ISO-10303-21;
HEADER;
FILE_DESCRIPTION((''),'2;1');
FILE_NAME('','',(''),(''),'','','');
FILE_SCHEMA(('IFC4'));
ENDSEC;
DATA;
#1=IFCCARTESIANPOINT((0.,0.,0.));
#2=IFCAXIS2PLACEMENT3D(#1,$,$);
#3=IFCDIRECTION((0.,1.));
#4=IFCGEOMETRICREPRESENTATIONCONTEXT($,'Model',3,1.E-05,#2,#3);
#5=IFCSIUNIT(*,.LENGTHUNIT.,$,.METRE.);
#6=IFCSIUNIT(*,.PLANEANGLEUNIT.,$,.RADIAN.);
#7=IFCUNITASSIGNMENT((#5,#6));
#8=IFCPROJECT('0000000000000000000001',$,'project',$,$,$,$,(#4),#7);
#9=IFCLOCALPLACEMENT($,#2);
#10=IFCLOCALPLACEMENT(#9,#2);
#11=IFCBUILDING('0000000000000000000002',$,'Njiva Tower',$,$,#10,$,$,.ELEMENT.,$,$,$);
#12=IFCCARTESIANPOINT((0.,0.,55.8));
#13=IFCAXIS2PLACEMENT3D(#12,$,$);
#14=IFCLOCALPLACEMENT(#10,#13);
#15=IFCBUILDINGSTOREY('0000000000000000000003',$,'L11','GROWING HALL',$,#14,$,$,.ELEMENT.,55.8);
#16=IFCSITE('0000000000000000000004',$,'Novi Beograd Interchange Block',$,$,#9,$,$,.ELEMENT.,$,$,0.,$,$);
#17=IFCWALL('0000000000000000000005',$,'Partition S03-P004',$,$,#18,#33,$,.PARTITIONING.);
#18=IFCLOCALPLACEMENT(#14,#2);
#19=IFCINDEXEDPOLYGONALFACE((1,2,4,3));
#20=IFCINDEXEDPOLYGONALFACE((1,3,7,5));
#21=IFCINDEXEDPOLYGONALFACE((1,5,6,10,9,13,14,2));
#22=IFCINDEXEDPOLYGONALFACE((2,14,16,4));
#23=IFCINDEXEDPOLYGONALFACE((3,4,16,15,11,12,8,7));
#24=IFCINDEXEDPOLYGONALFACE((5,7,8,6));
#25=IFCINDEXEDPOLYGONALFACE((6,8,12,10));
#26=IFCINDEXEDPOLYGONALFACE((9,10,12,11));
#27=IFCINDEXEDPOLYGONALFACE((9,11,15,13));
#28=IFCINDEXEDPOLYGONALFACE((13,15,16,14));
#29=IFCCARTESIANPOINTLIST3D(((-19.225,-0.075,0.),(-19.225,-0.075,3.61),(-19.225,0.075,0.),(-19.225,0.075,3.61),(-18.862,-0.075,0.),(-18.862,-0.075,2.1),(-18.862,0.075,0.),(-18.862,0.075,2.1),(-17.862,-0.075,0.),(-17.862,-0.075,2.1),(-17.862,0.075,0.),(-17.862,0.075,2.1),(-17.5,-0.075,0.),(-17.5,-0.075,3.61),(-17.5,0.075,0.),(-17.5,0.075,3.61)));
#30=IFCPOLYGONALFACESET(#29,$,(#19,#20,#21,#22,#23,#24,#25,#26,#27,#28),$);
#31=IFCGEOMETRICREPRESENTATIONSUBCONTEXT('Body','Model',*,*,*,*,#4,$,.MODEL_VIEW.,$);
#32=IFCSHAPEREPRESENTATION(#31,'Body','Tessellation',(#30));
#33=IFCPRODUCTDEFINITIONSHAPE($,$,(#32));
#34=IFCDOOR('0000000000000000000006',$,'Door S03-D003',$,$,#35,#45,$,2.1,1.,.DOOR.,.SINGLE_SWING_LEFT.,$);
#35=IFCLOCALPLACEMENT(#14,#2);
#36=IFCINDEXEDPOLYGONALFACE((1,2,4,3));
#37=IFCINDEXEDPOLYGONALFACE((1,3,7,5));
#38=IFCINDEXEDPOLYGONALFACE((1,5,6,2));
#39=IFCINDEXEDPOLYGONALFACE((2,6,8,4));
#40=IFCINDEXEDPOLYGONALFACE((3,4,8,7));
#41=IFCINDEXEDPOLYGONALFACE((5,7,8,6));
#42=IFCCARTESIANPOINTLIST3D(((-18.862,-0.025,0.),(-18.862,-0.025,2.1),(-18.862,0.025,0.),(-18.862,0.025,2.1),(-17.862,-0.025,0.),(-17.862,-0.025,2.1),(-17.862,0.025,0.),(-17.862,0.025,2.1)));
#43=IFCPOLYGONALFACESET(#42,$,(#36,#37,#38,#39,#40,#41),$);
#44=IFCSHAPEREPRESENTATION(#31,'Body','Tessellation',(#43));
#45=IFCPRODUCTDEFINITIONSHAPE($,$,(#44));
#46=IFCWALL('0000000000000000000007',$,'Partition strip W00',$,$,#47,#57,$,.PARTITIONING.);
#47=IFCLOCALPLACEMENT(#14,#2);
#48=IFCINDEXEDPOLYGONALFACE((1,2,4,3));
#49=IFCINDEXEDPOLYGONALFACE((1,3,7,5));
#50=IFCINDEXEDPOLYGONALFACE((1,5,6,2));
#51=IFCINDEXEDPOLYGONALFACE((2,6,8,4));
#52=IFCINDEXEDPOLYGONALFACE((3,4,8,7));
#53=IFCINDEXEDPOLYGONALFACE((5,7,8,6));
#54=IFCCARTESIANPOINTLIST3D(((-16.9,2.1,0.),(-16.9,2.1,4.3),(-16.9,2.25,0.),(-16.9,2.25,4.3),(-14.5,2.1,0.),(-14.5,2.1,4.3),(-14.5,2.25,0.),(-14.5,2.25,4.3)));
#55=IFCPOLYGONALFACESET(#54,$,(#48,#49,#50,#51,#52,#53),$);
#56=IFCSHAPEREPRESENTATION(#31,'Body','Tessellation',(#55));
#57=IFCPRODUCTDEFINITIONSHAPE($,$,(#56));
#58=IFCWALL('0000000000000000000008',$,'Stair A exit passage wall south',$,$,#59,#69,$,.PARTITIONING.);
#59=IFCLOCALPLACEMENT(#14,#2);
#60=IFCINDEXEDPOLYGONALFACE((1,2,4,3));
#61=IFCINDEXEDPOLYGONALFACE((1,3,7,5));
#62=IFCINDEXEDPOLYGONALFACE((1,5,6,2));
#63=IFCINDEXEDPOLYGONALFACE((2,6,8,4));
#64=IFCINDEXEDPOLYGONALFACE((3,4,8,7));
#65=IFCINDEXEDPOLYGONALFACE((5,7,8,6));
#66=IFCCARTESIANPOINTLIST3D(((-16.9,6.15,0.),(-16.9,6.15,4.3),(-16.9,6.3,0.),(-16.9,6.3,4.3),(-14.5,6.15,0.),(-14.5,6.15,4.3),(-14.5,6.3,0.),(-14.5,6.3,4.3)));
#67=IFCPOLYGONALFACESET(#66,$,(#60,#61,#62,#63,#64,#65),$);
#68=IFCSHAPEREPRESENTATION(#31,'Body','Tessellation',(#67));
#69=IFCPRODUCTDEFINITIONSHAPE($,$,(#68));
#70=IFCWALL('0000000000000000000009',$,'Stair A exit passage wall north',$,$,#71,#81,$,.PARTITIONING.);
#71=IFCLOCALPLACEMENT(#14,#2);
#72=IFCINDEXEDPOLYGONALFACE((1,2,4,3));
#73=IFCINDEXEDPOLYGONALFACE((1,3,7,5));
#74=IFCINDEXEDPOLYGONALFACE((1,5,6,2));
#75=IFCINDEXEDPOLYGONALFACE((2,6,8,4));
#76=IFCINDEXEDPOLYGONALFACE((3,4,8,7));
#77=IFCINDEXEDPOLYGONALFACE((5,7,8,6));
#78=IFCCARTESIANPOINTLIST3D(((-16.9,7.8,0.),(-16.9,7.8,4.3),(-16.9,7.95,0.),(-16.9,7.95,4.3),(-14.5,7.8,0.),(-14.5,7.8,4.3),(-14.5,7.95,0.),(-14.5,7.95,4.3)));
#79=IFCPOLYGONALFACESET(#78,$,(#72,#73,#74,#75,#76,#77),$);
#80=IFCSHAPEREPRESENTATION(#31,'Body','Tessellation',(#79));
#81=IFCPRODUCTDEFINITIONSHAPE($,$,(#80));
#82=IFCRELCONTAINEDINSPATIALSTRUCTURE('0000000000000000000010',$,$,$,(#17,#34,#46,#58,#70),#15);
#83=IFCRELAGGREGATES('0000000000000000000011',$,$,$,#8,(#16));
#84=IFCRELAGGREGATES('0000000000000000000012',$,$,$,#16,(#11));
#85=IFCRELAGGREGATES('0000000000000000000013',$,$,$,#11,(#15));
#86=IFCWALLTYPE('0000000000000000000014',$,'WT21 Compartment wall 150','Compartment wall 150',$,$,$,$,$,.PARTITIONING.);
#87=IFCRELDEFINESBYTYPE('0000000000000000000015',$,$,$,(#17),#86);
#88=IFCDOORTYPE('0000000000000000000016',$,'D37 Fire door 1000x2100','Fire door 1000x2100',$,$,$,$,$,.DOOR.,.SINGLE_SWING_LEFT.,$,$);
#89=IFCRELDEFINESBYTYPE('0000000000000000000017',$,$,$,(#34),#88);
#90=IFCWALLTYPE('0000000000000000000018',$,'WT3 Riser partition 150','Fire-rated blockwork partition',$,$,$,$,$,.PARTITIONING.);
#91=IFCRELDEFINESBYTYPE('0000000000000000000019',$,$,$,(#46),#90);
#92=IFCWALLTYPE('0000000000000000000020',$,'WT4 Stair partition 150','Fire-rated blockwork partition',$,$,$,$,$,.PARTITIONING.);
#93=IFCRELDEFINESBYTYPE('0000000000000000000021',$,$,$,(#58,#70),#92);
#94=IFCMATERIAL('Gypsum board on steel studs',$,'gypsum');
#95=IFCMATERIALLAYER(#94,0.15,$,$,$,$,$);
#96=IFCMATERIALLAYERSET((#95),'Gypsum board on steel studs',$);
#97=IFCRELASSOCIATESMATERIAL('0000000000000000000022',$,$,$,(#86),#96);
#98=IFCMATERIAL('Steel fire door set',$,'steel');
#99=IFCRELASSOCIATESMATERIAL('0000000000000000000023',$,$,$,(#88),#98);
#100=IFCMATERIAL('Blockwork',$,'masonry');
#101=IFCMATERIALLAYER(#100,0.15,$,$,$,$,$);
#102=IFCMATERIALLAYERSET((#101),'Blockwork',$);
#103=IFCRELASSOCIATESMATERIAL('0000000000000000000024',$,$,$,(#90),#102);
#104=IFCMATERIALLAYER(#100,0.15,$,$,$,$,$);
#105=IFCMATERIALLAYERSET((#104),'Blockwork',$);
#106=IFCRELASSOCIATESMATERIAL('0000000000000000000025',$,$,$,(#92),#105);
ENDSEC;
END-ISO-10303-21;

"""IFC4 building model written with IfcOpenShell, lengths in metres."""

from ifc_helpers import new_model, si_unit, direction, frame, frame_2d, origin, place, context, subcontext, project, spatial, rectangle, extrude, material, layer, layer_set, type_object, element, fill, save


model = new_model("IFC4")

# Units and contexts
model_context = context("Model", 3, precision=1e-05, world=origin(), true_north=direction((0.0, 1.0)))
body_context = subcontext(model_context, "Body", "Model", "MODEL_VIEW")
ifc_project = project(units=[si_unit("LENGTHUNIT", "METRE"), si_unit("PLANEANGLEUNIT", "RADIAN")], contexts=[model_context])

# Site, building, storey
site_placement = place(None, origin())
site = spatial("IfcSite", under=ifc_project, at=site_placement, Name="Novi Beograd Interchange Block", CompositionType="ELEMENT", RefElevation=0.0)
building_placement = place(site_placement, origin())
building = spatial("IfcBuilding", under=site, at=building_placement, Name="Njiva Tower", CompositionType="ELEMENT")
storey_placement = place(building_placement, frame((0.0, 0.0, 55.8)))
storey = spatial("IfcBuildingStorey", under=building, at=storey_placement, Name="L11", Description="GROWING HALL", CompositionType="ELEMENT", Elevation=55.8)

# Shared definitions
ifc_material_1 = material(Name="Blockwork", Category="masonry")

# Wall, opening, door
ifc_material_2 = material(Name="Gypsum board on steel studs", Category="gypsum")
ifc_layer_1 = layer(ifc_material_2, 0.15)
ifc_layer_set_1 = layer_set([ifc_layer_1], Name="Gypsum board on steel studs")
wall_type_1 = type_object("IfcWallType", Name="WT21 Compartment wall 150", Description="Compartment wall 150", PredefinedType="PARTITIONING", material=ifc_layer_set_1)
wall_1_placement = place(storey_placement, frame((-19.225, 0.0, 0.0), z_axis=(0.0, 0.0, 1.0), x_axis=(1.0, 0.0, 0.0)))
wall_1 = element("IfcWall", 1, at=wall_1_placement, inside=storey, type_object=wall_type_1, Name="Partition S03-P004", PredefinedType="PARTITIONING", context=body_context, shape_type="SweptSolid", body=[
    extrude(rectangle(XDim=1.725, YDim=0.15, at=frame_2d((0.8625, 0.0))), origin(), (0.0, 0.0, 1.0), 3.61),
])
opening_1_placement = place(wall_1_placement, frame((0.363, 0.0, 0.0)))
opening_1 = element("IfcOpeningElement", 2, at=opening_1_placement, cuts=wall_1, PredefinedType="OPENING", context=body_context, shape_type="SweptSolid", body=[
    extrude(rectangle(XDim=1.0, YDim=2.1, at=frame_2d((0.5, 1.05))), frame((0.0, 0.085, 0.0), z_axis=(0.0, -1.0, 0.0), x_axis=(1.0, 0.0, 0.0)), (0.0, 0.0, 1.0), 0.17),
])
ifc_material_3 = material(Name="Steel fire door set", Category="steel")
door_type_1 = type_object("IfcDoorType", Name="D37 Fire door 1000x2100", Description="Fire door 1000x2100", OperationType="SINGLE_SWING_LEFT", PredefinedType="DOOR", material=ifc_material_3)
door_1_placement = place(opening_1_placement, origin())
door_1 = element("IfcDoor", 3, at=door_1_placement, inside=storey, type_object=door_type_1, Name="Door S03-D003", OperationType="SINGLE_SWING_LEFT", OverallHeight=2.1, OverallWidth=1.0, PredefinedType="DOOR", context=body_context, shape_type="SweptSolid", body=[
    extrude(rectangle(XDim=1.0, YDim=2.1, at=frame_2d((0.5, 1.05))), frame((0.0, 0.025, 0.0), z_axis=(0.0, -1.0, 0.0), x_axis=(1.0, 0.0, 0.0)), (0.0, 0.0, 1.0), 0.05),
])
fill(opening_1, door_1)

# Walls
ifc_layer_2 = layer(ifc_material_1, 0.15)
ifc_layer_set_2 = layer_set([ifc_layer_2], Name="Blockwork")
wall_type_2 = type_object("IfcWallType", Name="WT3 Riser partition 150", Description="Fire-rated blockwork partition", PredefinedType="PARTITIONING", material=ifc_layer_set_2)
wall_2_placement = place(storey_placement, frame((-16.9, 2.175, 0.0), z_axis=(0.0, 0.0, 1.0), x_axis=(1.0, 0.0, 0.0)))
element("IfcWall", 4, at=wall_2_placement, inside=storey, type_object=wall_type_2, Name="Partition strip W00", PredefinedType="PARTITIONING", context=body_context, shape_type="SweptSolid", body=[
    extrude(rectangle(XDim=2.4, YDim=0.15, at=frame_2d((1.2, 0.0))), origin(), (0.0, 0.0, 1.0), 4.3),
])
ifc_layer_3 = layer(ifc_material_1, 0.15)
ifc_layer_set_3 = layer_set([ifc_layer_3], Name="Blockwork")
wall_type_3 = type_object("IfcWallType", Name="WT4 Stair partition 150", Description="Fire-rated blockwork partition", PredefinedType="PARTITIONING", material=ifc_layer_set_3)
for number, where, z_axis, x_axis, name in (
    (5, (-16.9, 6.225, 0.0), (0.0, 0.0, 1.0), (1.0, 0.0, 0.0), "Stair A exit passage wall south"),
    (6, (-16.9, 7.875, 0.0), (0.0, 0.0, 1.0), (1.0, 0.0, 0.0), "Stair A exit passage wall north"),
):
    element("IfcWall", number, at=place(storey_placement, frame(where, z_axis=z_axis, x_axis=x_axis)), inside=storey, type_object=wall_type_3, Name=name, PredefinedType="PARTITIONING", context=body_context, shape_type="SweptSolid", body=[
        extrude(rectangle(XDim=2.4, YDim=0.15, at=frame_2d((1.2, 0.0))), origin(), (0.0, 0.0, 1.0), 4.3),
    ])

save(model, "model.ifc")
